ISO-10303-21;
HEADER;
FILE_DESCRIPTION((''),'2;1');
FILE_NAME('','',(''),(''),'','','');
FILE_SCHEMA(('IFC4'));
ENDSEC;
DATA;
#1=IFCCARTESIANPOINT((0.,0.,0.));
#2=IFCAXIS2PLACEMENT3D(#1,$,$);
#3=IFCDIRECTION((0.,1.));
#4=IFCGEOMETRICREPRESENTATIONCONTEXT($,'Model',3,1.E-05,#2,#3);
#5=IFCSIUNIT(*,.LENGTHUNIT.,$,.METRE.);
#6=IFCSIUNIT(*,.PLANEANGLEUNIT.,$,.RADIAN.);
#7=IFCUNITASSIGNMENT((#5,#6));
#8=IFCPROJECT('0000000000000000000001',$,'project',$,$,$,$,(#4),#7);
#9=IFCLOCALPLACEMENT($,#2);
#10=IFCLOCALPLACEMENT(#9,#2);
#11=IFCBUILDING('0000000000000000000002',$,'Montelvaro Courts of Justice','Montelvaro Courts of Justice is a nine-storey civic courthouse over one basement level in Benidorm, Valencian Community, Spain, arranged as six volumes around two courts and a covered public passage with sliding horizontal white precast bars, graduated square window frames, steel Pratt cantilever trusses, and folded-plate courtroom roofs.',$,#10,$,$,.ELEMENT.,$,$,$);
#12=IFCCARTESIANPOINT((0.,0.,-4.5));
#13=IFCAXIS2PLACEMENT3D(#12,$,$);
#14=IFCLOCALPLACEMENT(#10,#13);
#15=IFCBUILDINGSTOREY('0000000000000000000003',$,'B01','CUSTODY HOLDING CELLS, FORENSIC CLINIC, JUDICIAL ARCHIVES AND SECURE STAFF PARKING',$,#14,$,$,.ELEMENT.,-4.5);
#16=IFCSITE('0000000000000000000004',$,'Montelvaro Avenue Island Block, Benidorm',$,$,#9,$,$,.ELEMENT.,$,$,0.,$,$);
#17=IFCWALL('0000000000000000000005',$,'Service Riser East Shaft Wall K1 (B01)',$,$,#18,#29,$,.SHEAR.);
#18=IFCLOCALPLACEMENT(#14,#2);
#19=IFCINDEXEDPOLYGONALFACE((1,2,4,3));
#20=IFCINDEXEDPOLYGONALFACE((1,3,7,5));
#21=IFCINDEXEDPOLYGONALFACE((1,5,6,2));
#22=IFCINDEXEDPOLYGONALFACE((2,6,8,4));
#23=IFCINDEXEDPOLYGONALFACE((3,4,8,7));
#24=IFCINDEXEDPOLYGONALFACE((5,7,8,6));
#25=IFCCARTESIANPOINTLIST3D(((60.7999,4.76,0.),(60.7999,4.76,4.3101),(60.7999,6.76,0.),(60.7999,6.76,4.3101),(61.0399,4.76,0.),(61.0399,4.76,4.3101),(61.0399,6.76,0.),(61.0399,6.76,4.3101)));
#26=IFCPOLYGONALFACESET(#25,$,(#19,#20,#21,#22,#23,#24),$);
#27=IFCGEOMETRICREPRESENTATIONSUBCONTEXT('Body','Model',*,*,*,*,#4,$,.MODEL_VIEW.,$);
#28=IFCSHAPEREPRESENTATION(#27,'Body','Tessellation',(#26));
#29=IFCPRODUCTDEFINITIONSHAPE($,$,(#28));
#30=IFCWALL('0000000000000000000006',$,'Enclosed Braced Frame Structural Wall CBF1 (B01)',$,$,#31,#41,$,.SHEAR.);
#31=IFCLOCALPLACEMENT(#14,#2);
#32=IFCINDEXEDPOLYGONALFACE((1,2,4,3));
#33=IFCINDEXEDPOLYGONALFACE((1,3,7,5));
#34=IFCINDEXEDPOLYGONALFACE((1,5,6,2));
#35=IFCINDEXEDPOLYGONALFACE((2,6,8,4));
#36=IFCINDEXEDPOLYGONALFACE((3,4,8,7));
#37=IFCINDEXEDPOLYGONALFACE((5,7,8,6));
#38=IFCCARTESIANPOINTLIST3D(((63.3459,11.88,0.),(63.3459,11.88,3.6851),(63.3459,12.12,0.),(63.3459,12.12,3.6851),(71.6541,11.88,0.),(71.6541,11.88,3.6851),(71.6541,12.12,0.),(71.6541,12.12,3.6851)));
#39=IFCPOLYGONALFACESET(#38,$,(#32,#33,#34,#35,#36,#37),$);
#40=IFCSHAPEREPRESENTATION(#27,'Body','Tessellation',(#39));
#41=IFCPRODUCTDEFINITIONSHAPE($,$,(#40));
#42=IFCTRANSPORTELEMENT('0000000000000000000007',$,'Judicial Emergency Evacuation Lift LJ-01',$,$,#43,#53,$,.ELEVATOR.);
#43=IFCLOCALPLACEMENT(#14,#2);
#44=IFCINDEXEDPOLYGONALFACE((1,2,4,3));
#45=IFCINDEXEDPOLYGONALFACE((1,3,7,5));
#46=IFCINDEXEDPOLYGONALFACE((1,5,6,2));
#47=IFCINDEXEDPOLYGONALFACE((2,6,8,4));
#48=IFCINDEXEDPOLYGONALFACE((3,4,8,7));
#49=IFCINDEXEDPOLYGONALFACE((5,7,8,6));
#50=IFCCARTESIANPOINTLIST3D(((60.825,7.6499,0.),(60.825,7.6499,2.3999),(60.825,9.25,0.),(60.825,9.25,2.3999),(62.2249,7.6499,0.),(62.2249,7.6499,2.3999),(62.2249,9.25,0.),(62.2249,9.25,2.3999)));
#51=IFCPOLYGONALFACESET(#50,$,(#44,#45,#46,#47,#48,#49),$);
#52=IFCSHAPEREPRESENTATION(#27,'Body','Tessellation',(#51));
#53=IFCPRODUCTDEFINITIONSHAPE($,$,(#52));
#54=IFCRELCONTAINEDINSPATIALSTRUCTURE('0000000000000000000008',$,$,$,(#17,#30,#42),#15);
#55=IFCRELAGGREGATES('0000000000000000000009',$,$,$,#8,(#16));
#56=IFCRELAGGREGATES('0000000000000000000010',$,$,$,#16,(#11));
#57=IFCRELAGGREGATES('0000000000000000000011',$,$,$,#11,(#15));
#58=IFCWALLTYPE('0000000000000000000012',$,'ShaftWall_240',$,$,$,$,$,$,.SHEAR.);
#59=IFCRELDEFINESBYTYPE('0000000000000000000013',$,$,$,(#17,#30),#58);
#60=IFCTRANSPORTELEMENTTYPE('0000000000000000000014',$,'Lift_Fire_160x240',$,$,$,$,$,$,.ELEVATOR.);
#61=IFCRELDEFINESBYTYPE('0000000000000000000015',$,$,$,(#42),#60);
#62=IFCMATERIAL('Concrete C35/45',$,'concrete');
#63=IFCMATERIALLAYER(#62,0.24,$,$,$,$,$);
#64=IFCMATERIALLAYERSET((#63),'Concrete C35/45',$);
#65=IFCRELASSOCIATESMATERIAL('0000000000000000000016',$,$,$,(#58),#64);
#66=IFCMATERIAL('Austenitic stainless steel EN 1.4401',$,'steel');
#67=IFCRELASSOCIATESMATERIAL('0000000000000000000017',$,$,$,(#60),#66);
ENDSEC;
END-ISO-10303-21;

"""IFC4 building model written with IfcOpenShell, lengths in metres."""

from ifc_helpers import new_model, si_unit, direction, frame, frame_2d, origin, origin_2d, place, context, subcontext, project, spatial, rectangle, extrude, material, layer, layer_set, type_object, element, save


model = new_model("IFC4")

# Units and contexts
model_context = context("Model", 3, precision=1e-05, world=origin(), true_north=direction((0.0, 1.0)))
body_context = subcontext(model_context, "Body", "Model", "MODEL_VIEW")
ifc_project = project(units=[si_unit("LENGTHUNIT", "METRE"), si_unit("PLANEANGLEUNIT", "RADIAN")], contexts=[model_context])

# Site, building, storey
site_placement = place(None, origin())
site = spatial("IfcSite", under=ifc_project, at=site_placement, Name="Montelvaro Avenue Island Block, Benidorm", CompositionType="ELEMENT", RefElevation=0.0)
building_placement = place(site_placement, origin())
building = spatial("IfcBuilding", under=site, at=building_placement, Name="Montelvaro Courts of Justice", Description="Montelvaro Courts of Justice is a nine-storey civic courthouse over one basement level in Benidorm, Valencian Community, Spain, arranged as six volumes around two courts and a covered public passage with sliding horizontal white precast bars, graduated square window frames, steel Pratt cantilever trusses, and folded-plate courtroom roofs.", CompositionType="ELEMENT")
storey_placement = place(building_placement, frame((0.0, 0.0, -4.5)))
storey = spatial("IfcBuildingStorey", under=building, at=storey_placement, Name="B01", Description="CUSTODY HOLDING CELLS, FORENSIC CLINIC, JUDICIAL ARCHIVES AND SECURE STAFF PARKING", CompositionType="ELEMENT", Elevation=-4.5)

# Shared definitions
ifc_material_1 = material(Name="Concrete C35/45", Category="concrete")

# Walls
ifc_layer_1 = layer(ifc_material_1, 0.24)
ifc_layer_set_1 = layer_set([ifc_layer_1], Name="Concrete C35/45")
wall_type_1 = type_object("IfcWallType", Name="ShaftWall_240", PredefinedType="SHEAR", material=ifc_layer_set_1)
wall_1_placement = place(storey_placement, frame((60.9199, 4.76, 0.0), z_axis=(0.0, 0.0, 1.0), x_axis=(0.0, 1.0, 0.0)))
element("IfcWall", 1, at=wall_1_placement, inside=storey, type_object=wall_type_1, Name="Service Riser East Shaft Wall K1 (B01)", PredefinedType="SHEAR", context=body_context, shape_type="SweptSolid", body=[
    extrude(rectangle(XDim=2.0, YDim=0.24, at=frame_2d((1.0, 0.0))), origin(), (0.0, 0.0, 1.0), 4.3101),
])
wall_2_placement = place(storey_placement, frame((63.3459, 12.0, 0.0), z_axis=(0.0, 0.0, 1.0), x_axis=(1.0, 0.0, 0.0)))
element("IfcWall", 2, at=wall_2_placement, inside=storey, type_object=wall_type_1, Name="Enclosed Braced Frame Structural Wall CBF1 (B01)", PredefinedType="SHEAR", context=body_context, shape_type="SweptSolid", body=[
    extrude(rectangle(XDim=8.3081, YDim=0.24, at=frame_2d((4.1541, 0.0))), origin(), (0.0, 0.0, 1.0), 3.6851),
])

# Transport element
ifc_material_2 = material(Name="Austenitic stainless steel EN 1.4401", Category="steel")
transport_element_type = type_object("IfcTransportElementType", Name="Lift_Fire_160x240", PredefinedType="ELEVATOR", material=ifc_material_2)
transport_element_placement = place(storey_placement, frame((61.5249, 8.45, 0.0), z_axis=(0.0, 0.0, 1.0), x_axis=(1.0, 0.0, 0.0)))
element("IfcTransportElement", 3, at=transport_element_placement, inside=storey, type_object=transport_element_type, Name="Judicial Emergency Evacuation Lift LJ-01", PredefinedType="ELEVATOR", context=body_context, shape_type="SweptSolid", body=[
    extrude(rectangle(XDim=1.3999, YDim=1.6001, at=origin_2d()), origin(), (0.0, 0.0, 1.0), 2.3999),
])

save(model, "model.ifc")
